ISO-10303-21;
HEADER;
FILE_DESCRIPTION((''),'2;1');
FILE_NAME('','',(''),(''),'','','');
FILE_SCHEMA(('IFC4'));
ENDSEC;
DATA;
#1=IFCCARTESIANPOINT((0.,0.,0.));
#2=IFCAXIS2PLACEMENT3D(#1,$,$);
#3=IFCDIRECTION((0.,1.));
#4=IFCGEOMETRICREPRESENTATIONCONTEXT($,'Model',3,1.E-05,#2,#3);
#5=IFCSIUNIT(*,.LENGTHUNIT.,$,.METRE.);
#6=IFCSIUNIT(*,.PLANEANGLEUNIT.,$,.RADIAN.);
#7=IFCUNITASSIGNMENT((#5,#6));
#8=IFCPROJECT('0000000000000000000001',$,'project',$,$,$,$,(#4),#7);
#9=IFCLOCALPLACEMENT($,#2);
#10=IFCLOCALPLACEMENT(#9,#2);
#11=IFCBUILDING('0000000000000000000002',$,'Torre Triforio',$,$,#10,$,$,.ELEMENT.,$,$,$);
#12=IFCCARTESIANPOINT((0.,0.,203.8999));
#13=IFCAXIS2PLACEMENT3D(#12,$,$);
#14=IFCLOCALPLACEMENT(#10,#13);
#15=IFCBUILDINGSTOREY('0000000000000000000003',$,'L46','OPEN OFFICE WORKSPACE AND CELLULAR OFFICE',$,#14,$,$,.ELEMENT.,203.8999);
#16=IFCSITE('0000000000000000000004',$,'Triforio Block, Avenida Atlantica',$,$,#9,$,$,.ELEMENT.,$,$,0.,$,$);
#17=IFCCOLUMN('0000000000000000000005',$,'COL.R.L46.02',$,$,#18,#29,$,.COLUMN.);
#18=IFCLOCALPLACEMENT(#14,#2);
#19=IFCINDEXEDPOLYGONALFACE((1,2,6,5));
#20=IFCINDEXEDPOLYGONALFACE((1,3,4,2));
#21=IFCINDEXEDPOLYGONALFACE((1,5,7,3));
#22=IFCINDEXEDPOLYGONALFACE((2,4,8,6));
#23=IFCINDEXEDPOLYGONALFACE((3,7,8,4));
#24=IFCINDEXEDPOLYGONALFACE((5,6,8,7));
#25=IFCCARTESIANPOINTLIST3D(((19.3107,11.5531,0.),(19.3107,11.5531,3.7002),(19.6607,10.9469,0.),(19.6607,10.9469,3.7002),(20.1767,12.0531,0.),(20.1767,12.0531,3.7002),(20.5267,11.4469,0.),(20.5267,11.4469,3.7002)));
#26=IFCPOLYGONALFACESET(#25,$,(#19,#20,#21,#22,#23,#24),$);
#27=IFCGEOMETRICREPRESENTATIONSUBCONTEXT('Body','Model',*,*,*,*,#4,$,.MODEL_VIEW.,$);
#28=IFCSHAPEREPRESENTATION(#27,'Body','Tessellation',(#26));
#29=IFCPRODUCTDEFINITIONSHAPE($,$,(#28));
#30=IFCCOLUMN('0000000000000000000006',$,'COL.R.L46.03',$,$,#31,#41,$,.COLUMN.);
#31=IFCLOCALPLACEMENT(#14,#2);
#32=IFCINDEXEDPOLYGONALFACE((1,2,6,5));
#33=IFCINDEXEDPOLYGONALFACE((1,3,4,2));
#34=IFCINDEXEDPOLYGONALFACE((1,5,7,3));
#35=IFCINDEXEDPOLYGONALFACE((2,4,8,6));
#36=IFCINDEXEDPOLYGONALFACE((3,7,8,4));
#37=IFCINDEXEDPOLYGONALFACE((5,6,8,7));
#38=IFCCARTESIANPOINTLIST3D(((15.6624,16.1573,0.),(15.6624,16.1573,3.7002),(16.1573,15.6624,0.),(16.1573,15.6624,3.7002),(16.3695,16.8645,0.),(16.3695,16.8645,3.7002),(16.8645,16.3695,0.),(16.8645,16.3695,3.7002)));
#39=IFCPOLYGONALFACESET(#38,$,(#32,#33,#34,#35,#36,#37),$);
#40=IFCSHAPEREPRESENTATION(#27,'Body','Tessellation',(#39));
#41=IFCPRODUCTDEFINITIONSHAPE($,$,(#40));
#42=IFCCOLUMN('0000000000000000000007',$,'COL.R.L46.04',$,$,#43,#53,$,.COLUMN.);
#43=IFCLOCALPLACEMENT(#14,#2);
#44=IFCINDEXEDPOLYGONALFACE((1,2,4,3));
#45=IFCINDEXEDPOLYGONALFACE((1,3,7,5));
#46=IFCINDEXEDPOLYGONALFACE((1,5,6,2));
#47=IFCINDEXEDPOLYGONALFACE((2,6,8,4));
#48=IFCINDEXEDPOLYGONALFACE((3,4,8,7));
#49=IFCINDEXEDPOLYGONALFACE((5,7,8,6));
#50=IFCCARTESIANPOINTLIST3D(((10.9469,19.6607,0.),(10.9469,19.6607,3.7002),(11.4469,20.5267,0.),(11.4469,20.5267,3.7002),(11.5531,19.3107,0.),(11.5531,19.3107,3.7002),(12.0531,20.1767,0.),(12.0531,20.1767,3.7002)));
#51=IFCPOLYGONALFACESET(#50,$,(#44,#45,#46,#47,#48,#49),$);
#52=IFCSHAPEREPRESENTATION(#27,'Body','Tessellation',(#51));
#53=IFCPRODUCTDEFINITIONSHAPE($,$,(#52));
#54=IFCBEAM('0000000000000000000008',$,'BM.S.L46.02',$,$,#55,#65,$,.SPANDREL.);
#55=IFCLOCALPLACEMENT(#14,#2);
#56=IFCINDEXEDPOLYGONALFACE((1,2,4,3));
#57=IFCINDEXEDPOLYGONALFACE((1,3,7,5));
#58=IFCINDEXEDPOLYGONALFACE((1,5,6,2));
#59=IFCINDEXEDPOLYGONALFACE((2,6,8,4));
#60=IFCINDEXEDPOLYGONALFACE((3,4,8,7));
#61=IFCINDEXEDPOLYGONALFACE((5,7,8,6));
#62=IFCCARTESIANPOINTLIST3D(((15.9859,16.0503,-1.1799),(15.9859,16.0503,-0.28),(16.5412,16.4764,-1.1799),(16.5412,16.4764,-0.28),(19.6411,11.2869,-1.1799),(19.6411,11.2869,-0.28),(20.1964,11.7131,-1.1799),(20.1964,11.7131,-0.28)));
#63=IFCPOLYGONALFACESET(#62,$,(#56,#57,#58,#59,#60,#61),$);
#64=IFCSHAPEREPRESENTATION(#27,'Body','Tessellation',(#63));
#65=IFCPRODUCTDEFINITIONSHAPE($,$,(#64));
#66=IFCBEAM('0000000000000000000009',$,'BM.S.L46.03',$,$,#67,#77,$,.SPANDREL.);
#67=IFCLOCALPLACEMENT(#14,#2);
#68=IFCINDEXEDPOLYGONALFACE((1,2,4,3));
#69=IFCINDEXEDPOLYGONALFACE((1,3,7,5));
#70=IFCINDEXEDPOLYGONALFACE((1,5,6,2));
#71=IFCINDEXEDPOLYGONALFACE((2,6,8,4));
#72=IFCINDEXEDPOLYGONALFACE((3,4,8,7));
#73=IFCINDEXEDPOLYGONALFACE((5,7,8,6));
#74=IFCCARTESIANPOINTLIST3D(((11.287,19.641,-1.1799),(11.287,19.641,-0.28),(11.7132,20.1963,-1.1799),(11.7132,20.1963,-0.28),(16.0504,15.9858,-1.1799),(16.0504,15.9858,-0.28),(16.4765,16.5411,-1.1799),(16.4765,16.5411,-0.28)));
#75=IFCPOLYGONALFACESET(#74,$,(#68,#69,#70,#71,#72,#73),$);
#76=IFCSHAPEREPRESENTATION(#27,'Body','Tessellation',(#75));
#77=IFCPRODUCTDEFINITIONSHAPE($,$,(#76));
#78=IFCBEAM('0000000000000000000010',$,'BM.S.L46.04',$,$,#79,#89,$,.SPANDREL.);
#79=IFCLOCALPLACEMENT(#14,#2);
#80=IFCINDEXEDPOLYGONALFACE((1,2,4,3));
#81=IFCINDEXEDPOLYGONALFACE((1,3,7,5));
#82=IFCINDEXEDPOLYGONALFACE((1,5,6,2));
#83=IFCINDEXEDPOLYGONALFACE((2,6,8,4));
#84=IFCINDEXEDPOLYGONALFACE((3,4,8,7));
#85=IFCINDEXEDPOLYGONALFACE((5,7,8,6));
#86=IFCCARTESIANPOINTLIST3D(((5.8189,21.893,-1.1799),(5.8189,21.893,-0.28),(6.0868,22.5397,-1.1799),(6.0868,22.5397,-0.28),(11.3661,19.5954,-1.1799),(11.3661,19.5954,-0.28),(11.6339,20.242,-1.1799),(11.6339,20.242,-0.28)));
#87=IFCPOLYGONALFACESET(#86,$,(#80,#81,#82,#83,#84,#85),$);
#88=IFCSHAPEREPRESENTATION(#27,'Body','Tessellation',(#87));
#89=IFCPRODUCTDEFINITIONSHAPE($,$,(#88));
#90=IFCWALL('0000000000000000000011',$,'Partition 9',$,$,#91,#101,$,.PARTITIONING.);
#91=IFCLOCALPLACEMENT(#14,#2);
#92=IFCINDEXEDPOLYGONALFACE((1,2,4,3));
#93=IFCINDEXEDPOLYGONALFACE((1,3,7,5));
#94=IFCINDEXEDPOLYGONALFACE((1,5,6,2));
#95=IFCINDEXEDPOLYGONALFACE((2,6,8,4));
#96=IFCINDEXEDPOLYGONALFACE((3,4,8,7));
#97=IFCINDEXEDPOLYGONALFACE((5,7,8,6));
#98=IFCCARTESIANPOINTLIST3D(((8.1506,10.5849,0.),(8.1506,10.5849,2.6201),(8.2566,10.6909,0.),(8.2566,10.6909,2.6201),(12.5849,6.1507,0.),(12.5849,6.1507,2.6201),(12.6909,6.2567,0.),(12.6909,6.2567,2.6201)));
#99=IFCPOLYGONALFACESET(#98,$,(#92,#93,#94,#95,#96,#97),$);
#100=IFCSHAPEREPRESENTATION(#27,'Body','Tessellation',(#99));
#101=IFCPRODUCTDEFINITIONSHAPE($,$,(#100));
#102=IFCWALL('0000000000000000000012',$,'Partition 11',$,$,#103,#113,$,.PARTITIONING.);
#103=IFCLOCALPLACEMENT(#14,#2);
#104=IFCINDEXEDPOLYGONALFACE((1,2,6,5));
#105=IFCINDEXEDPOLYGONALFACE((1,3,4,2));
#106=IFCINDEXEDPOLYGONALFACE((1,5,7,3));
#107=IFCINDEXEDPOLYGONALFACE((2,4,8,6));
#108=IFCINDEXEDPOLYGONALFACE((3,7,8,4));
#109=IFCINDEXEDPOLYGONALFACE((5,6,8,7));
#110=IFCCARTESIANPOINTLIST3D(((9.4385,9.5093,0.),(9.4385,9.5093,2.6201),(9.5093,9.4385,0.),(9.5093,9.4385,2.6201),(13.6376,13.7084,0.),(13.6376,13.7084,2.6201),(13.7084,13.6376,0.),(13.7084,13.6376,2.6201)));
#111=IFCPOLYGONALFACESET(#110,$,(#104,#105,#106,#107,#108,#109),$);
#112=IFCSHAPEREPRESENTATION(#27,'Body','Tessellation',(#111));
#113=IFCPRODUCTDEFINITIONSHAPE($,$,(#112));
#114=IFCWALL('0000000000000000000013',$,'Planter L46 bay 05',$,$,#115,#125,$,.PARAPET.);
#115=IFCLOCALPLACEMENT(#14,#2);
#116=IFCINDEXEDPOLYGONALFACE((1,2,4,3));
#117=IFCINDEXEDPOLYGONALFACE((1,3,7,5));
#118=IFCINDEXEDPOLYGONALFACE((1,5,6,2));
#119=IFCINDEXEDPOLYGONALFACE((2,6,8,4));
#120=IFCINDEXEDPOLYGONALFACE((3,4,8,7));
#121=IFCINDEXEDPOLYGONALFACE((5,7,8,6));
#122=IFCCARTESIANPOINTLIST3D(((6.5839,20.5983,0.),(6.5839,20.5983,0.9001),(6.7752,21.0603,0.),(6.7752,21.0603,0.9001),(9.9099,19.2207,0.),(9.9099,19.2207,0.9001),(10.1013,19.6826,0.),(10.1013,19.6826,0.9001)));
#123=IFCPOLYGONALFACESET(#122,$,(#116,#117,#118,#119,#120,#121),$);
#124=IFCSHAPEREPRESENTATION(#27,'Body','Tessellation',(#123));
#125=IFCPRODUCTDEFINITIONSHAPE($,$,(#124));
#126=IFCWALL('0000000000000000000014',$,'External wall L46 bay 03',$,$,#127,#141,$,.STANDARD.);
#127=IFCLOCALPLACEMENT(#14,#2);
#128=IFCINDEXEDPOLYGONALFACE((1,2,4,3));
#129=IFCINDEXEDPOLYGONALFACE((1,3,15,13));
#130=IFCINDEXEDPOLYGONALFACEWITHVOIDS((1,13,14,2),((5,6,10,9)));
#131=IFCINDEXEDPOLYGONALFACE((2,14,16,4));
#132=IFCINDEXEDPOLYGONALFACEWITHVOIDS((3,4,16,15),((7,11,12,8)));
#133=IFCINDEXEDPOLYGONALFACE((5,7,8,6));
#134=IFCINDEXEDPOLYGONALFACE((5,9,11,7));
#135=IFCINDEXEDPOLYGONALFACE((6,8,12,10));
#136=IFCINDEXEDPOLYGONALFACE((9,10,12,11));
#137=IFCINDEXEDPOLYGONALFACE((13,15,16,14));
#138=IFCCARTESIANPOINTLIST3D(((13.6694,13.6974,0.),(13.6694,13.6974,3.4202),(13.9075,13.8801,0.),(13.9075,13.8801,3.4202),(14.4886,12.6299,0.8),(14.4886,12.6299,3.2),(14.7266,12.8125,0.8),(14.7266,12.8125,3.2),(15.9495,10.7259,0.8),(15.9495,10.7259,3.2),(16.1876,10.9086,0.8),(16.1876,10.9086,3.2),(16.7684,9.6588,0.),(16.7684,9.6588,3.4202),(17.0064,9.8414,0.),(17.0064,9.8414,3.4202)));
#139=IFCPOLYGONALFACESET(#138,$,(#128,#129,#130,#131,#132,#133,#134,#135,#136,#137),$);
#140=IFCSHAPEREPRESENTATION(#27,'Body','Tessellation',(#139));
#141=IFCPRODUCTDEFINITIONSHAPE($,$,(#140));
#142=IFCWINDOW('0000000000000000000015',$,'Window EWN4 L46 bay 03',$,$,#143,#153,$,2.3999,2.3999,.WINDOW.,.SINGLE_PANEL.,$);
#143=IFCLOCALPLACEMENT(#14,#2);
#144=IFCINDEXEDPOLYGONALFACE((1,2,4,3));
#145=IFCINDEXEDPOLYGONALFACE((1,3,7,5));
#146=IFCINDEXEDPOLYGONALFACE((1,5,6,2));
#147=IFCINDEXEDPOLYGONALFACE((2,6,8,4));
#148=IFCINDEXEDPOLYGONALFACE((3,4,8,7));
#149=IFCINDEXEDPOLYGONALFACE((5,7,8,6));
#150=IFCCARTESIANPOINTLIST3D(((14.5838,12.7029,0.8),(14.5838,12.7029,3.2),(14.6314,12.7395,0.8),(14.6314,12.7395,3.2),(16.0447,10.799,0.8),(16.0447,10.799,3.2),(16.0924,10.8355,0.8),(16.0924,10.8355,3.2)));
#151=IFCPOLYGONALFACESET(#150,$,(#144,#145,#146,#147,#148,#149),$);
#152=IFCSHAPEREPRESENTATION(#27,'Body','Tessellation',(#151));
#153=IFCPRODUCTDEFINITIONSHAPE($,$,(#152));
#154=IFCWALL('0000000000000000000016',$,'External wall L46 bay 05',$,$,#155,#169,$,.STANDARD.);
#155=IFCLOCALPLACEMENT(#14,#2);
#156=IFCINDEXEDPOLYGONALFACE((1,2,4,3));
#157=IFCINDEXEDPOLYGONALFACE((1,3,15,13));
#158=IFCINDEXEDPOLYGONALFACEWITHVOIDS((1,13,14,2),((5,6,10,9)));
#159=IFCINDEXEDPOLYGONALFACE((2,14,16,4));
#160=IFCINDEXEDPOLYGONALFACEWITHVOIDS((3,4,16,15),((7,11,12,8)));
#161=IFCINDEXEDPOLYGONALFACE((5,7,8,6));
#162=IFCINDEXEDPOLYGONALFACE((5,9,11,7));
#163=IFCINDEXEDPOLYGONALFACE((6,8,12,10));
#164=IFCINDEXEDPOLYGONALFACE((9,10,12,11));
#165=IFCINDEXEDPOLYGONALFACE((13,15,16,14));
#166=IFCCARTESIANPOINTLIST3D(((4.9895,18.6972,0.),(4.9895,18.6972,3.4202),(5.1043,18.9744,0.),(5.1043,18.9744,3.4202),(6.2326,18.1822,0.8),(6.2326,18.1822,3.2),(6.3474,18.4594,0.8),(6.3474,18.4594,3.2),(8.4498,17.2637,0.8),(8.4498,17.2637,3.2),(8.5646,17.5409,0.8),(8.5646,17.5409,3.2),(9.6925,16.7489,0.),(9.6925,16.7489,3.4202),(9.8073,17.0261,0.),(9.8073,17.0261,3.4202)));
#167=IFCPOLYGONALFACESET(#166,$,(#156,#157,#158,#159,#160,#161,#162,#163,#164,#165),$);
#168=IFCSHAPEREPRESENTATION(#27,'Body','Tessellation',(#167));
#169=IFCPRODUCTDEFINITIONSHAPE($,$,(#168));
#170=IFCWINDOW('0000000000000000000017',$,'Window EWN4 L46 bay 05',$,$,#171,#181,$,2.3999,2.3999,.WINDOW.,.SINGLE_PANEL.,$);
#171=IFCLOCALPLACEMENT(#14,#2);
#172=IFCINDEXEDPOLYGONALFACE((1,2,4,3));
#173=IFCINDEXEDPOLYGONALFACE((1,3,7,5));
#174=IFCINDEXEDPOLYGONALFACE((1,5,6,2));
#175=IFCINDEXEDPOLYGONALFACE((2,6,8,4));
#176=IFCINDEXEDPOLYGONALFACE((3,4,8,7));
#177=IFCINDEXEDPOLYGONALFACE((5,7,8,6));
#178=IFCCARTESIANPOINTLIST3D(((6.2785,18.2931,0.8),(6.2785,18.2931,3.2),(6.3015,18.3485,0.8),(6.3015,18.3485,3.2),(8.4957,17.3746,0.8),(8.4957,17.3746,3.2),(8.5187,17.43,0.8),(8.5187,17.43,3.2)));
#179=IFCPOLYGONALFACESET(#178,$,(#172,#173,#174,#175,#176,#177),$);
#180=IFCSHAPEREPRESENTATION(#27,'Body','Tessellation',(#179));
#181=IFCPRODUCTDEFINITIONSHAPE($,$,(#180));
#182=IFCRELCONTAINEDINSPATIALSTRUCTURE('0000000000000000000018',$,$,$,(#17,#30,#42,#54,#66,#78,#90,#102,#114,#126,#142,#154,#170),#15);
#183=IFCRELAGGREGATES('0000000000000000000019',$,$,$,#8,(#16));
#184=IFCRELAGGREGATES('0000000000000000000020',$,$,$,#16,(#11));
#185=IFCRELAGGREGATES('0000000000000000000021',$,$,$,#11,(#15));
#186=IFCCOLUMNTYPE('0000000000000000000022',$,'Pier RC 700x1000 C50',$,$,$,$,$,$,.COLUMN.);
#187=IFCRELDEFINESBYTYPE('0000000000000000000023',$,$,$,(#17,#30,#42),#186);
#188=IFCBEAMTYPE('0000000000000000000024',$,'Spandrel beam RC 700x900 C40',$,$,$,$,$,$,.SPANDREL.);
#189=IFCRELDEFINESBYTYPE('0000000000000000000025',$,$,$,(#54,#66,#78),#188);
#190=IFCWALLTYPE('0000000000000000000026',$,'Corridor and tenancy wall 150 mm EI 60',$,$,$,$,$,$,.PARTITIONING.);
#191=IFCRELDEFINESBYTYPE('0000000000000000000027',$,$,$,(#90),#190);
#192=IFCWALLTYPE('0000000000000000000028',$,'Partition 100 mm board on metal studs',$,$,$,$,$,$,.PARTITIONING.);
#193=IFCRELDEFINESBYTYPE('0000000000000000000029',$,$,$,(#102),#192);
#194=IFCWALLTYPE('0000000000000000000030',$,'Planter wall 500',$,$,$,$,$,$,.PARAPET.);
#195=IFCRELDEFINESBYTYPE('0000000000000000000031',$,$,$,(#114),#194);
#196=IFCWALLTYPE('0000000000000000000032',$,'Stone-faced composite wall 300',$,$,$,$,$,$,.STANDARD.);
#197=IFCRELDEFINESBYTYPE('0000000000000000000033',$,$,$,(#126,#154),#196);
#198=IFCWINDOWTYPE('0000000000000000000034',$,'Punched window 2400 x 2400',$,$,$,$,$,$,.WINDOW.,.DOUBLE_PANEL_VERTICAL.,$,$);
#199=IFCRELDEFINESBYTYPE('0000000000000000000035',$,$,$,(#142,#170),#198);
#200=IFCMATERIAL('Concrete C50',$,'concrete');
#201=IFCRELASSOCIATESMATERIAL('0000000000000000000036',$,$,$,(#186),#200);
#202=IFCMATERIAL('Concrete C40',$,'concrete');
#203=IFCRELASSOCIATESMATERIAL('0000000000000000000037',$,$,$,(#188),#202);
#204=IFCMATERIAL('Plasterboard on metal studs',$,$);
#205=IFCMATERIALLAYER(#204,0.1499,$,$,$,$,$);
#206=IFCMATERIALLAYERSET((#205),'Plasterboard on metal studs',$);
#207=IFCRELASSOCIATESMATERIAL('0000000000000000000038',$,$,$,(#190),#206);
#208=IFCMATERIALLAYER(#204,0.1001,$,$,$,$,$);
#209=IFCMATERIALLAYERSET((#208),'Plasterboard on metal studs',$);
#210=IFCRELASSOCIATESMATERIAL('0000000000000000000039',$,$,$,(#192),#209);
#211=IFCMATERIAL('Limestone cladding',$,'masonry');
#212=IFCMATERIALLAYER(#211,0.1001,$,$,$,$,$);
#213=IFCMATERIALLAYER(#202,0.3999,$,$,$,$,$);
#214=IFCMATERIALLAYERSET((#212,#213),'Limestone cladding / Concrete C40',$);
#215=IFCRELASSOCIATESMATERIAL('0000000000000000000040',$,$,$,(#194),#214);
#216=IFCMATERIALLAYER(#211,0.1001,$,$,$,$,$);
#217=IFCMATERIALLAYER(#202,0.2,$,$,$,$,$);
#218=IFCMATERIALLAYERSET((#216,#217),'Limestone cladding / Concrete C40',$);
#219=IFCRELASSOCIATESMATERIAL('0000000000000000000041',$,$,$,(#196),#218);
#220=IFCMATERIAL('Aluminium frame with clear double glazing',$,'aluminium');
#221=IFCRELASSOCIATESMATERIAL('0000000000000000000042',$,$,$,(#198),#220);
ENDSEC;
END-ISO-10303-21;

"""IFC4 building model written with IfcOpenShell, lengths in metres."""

from ifc_helpers import new_model, si_unit, direction, frame, frame_2d, origin, origin_2d, place, context, subcontext, project, spatial, rectangle, extrude, material, layer, layer_set, material_profile, profile_set, type_object, element, fill, save


model = new_model("IFC4")

# Units and contexts
model_context = context("Model", 3, precision=1e-05, world=origin(), true_north=direction((0.0, 1.0)))
body_context = subcontext(model_context, "Body", "Model", "MODEL_VIEW")
ifc_project = project(units=[si_unit("LENGTHUNIT", "METRE"), si_unit("PLANEANGLEUNIT", "RADIAN")], contexts=[model_context])

# Site, building, storey
site_placement = place(None, origin())
site = spatial("IfcSite", under=ifc_project, at=site_placement, Name="Triforio Block, Avenida Atlantica", CompositionType="ELEMENT", RefElevation=0.0)
building_placement = place(site_placement, origin())
building = spatial("IfcBuilding", under=site, at=building_placement, Name="Torre Triforio", CompositionType="ELEMENT")
storey_placement = place(building_placement, frame((0.0, 0.0, 203.8999)))
storey = spatial("IfcBuildingStorey", under=building, at=storey_placement, Name="L46", Description="OPEN OFFICE WORKSPACE AND CELLULAR OFFICE", CompositionType="ELEMENT", Elevation=203.8999)

# Columns
ifc_material_1 = material(Name="Concrete C50", Category="concrete")
ifc_material_profile_1 = material_profile(ifc_material_1, rectangle(XDim=0.7, YDim=1.0, at=origin_2d()), Name="RC 700x1000")
ifc_profile_set_1 = profile_set([ifc_material_profile_1], Name="Concrete C50")
column_type = type_object("IfcColumnType", Name="Pier RC 700x1000 C50", PredefinedType="COLUMN", material=ifc_profile_set_1)
for number, where, z_axis, x_axis, name in (
    (1, (19.9187, 11.5, 0.0), (0.0, 0.0, 1.0), (-0.5, 0.866025, 0.0), "COL.R.L46.02"),
    (2, (16.2634, 16.2634, 0.0), (0.0, 0.0, 1.0), (-0.707107, 0.707107, 0.0), "COL.R.L46.03"),
    (3, (11.5, 19.9187, 0.0), (0.0, 0.0, 1.0), (-0.866025, 0.5, 0.0), "COL.R.L46.04"),
):
    element("IfcColumn", number, at=place(storey_placement, frame(where, z_axis=z_axis, x_axis=x_axis)), inside=storey, type_object=column_type, Name=name, PredefinedType="COLUMN", context=body_context, shape_type="SweptSolid", body=[
        extrude(rectangle(XDim=0.7, YDim=1.0, at=origin_2d()), origin(), (0.0, 0.0, 1.0), 3.7002),
    ])

# Beams
ifc_material_2 = material(Name="Concrete C40", Category="concrete")
ifc_material_profile_2 = material_profile(ifc_material_2, rectangle(XDim=0.7, YDim=0.8999, at=origin_2d()), Name="RC 700x900")
ifc_profile_set_2 = profile_set([ifc_material_profile_2], Name="Concrete C40")
beam_type = type_object("IfcBeamType", Name="Spandrel beam RC 700x900 C40", PredefinedType="SPANDREL", material=ifc_profile_set_2)
for number, where, z_axis, x_axis, name in (
    (4, (19.9187, 11.5, -0.73), (-0.608779, 0.79334, 0.0), (-0.79334, -0.608779, 0.0), "BM.S.L46.02"),
    (5, (16.2634, 16.2634, -0.73), (-0.79334, 0.608779, 0.0), (-0.608779, -0.79334, 0.0), "BM.S.L46.03"),
    (6, (11.5, 19.9187, -0.73), (-0.923885, 0.382671, 0.0), (-0.382671, -0.923885, 0.0), "BM.S.L46.04"),
):
    element("IfcBeam", number, at=place(storey_placement, frame(where, z_axis=z_axis, x_axis=x_axis)), inside=storey, type_object=beam_type, Name=name, PredefinedType="SPANDREL", context=body_context, shape_type="SweptSolid", body=[
        extrude(rectangle(XDim=0.7, YDim=0.8999, at=origin_2d()), origin(), (0.0, 0.0, 1.0), 6.0042),
    ])

# Walls
ifc_material_3 = material(Name="Plasterboard on metal studs")
ifc_layer_1 = layer(ifc_material_3, 0.1499)
ifc_layer_set_1 = layer_set([ifc_layer_1], Name="Plasterboard on metal studs")
wall_type_1 = type_object("IfcWallType", Name="Corridor and tenancy wall 150 mm EI 60", PredefinedType="PARTITIONING", material=ifc_layer_set_1)
wall_1_placement = place(storey_placement, frame((8.2036, 10.6379, 0.0), z_axis=(0.0, 0.0, 1.0), x_axis=(0.707107, -0.707107, 0.0)))
element("IfcWall", 7, at=wall_1_placement, inside=storey, type_object=wall_type_1, Name="Partition 9", PredefinedType="PARTITIONING", context=body_context, shape_type="SweptSolid", body=[
    extrude(rectangle(XDim=6.271, YDim=0.1499, at=frame_2d((3.1355, 0.0))), origin(), (0.0, 0.0, 1.0), 2.6201),
])
ifc_layer_2 = layer(ifc_material_3, 0.1001)
ifc_layer_set_2 = layer_set([ifc_layer_2], Name="Plasterboard on metal studs")
wall_type_2 = type_object("IfcWallType", Name="Partition 100 mm board on metal studs", PredefinedType="PARTITIONING", material=ifc_layer_set_2)
wall_2_placement = place(storey_placement, frame((9.4739, 9.4739, 0.0), z_axis=(0.0, 0.0, 1.0), x_axis=(0.707107, 0.707107, 0.0)))
element("IfcWall", 8, at=wall_2_placement, inside=storey, type_object=wall_type_2, Name="Partition 11", PredefinedType="PARTITIONING", context=body_context, shape_type="SweptSolid", body=[
    extrude(rectangle(XDim=5.9385, YDim=0.1001, at=frame_2d((2.9692, 0.0))), origin(), (0.0, 0.0, 1.0), 2.6201),
])
ifc_material_4 = material(Name="Limestone cladding", Category="masonry")
ifc_layer_3 = layer(ifc_material_4, 0.1001)
ifc_layer_4 = layer(ifc_material_2, 0.3999)
ifc_layer_set_3 = layer_set([ifc_layer_3, ifc_layer_4], Name="Limestone cladding / Concrete C40")
wall_type_3 = type_object("IfcWallType", Name="Planter wall 500", PredefinedType="PARAPET", material=ifc_layer_set_3)
wall_3_placement = place(storey_placement, frame((10.0056, 19.4517, 0.0), z_axis=(0.0, 0.0, 1.0), x_axis=(-0.923885, 0.382669, 0.0)))
element("IfcWall", 9, at=wall_3_placement, inside=storey, type_object=wall_type_3, Name="Planter L46 bay 05", PredefinedType="PARAPET", context=body_context, shape_type="SweptSolid", body=[
    extrude(rectangle(XDim=3.6001, YDim=0.5, at=frame_2d((1.8, 0.0))), origin(), (0.0, 0.0, 1.0), 0.9001),
])

# Wall, opening, window
ifc_layer_5 = layer(ifc_material_4, 0.1001)
ifc_layer_6 = layer(ifc_material_2, 0.2)
ifc_layer_set_4 = layer_set([ifc_layer_5, ifc_layer_6], Name="Limestone cladding / Concrete C40")
wall_type_4 = type_object("IfcWallType", Name="Stone-faced composite wall 300", PredefinedType="STANDARD", material=ifc_layer_set_4)
wall_4_placement = place(storey_placement, frame((16.8875, 9.75, 0.0), z_axis=(0.0, 0.0, 1.0), x_axis=(-0.608758, 0.793356, 0.0)))
wall_4 = element("IfcWall", 10, at=wall_4_placement, inside=storey, type_object=wall_type_4, Name="External wall L46 bay 03", PredefinedType="STANDARD", context=body_context, shape_type="SweptSolid", body=[
    extrude(rectangle(XDim=5.0906, YDim=0.3, at=frame_2d((2.5454, 0.0))), origin(), (0.0, 0.0, 1.0), 3.4202),
])
opening_1_placement = place(wall_4_placement, frame((1.3452, 0.0, 0.8)))
opening_1 = element("IfcOpeningElement", 11, at=opening_1_placement, cuts=wall_4, PredefinedType="OPENING", context=body_context, shape_type="SweptSolid", body=[
    extrude(rectangle(XDim=2.3999, YDim=2.3999, at=frame_2d((1.2, 1.2))), frame((0.0, 0.1599, 0.0), z_axis=(0.0, -1.0, 0.0), x_axis=(1.0, 0.0, 0.0)), (0.0, 0.0, 1.0), 0.3201),
])
ifc_material_5 = material(Name="Aluminium frame with clear double glazing", Category="aluminium")
window_type_1 = type_object("IfcWindowType", Name="Punched window 2400 x 2400", PartitioningType="DOUBLE_PANEL_VERTICAL", PredefinedType="WINDOW", material=ifc_material_5)
window_1_placement = place(opening_1_placement, origin())
window_1 = element("IfcWindow", 12, at=window_1_placement, inside=storey, type_object=window_type_1, Name="Window EWN4 L46 bay 03", OverallHeight=2.3999, OverallWidth=2.3999, PartitioningType="SINGLE_PANEL", PredefinedType="WINDOW", context=body_context, shape_type="SweptSolid", body=[
    extrude(rectangle(XDim=2.3999, YDim=2.3999, at=frame_2d((1.2, 1.2))), frame((0.0, 0.03, 0.0), z_axis=(0.0, -1.0, 0.0), x_axis=(1.0, 0.0, 0.0)), (0.0, 0.0, 1.0), 0.0601),
])
fill(opening_1, window_1)

# Wall, opening, window
wall_5_placement = place(storey_placement, frame((9.75, 16.8875, 0.0), z_axis=(0.0, 0.0, 1.0), x_axis=(-0.923863, 0.382725, 0.0)))
wall_5 = element("IfcWall", 13, at=wall_5_placement, inside=storey, type_object=wall_type_4, Name="External wall L46 bay 05", PredefinedType="STANDARD", context=body_context, shape_type="SweptSolid", body=[
    extrude(rectangle(XDim=5.0906, YDim=0.3, at=frame_2d((2.5454, 0.0))), origin(), (0.0, 0.0, 1.0), 3.4202),
])
opening_2_placement = place(wall_5_placement, frame((1.3452, 0.0, 0.8)))
opening_2 = element("IfcOpeningElement", 14, at=opening_2_placement, cuts=wall_5, PredefinedType="OPENING", context=body_context, shape_type="SweptSolid", body=[
    extrude(rectangle(XDim=2.3999, YDim=2.3999, at=frame_2d((1.2, 1.2))), frame((0.0, 0.1599, 0.0), z_axis=(0.0, -1.0, 0.0), x_axis=(1.0, 0.0, 0.0)), (0.0, 0.0, 1.0), 0.3201),
])
window_2_placement = place(opening_2_placement, origin())
window_2 = element("IfcWindow", 15, at=window_2_placement, inside=storey, type_object=window_type_1, Name="Window EWN4 L46 bay 05", OverallHeight=2.3999, OverallWidth=2.3999, PartitioningType="SINGLE_PANEL", PredefinedType="WINDOW", context=body_context, shape_type="SweptSolid", body=[
    extrude(rectangle(XDim=2.3999, YDim=2.3999, at=frame_2d((1.2, 1.2))), frame((0.0, 0.03, 0.0), z_axis=(0.0, -1.0, 0.0), x_axis=(1.0, 0.0, 0.0)), (0.0, 0.0, 1.0), 0.0601),
])
fill(opening_2, window_2)

save(model, "model.ifc")
